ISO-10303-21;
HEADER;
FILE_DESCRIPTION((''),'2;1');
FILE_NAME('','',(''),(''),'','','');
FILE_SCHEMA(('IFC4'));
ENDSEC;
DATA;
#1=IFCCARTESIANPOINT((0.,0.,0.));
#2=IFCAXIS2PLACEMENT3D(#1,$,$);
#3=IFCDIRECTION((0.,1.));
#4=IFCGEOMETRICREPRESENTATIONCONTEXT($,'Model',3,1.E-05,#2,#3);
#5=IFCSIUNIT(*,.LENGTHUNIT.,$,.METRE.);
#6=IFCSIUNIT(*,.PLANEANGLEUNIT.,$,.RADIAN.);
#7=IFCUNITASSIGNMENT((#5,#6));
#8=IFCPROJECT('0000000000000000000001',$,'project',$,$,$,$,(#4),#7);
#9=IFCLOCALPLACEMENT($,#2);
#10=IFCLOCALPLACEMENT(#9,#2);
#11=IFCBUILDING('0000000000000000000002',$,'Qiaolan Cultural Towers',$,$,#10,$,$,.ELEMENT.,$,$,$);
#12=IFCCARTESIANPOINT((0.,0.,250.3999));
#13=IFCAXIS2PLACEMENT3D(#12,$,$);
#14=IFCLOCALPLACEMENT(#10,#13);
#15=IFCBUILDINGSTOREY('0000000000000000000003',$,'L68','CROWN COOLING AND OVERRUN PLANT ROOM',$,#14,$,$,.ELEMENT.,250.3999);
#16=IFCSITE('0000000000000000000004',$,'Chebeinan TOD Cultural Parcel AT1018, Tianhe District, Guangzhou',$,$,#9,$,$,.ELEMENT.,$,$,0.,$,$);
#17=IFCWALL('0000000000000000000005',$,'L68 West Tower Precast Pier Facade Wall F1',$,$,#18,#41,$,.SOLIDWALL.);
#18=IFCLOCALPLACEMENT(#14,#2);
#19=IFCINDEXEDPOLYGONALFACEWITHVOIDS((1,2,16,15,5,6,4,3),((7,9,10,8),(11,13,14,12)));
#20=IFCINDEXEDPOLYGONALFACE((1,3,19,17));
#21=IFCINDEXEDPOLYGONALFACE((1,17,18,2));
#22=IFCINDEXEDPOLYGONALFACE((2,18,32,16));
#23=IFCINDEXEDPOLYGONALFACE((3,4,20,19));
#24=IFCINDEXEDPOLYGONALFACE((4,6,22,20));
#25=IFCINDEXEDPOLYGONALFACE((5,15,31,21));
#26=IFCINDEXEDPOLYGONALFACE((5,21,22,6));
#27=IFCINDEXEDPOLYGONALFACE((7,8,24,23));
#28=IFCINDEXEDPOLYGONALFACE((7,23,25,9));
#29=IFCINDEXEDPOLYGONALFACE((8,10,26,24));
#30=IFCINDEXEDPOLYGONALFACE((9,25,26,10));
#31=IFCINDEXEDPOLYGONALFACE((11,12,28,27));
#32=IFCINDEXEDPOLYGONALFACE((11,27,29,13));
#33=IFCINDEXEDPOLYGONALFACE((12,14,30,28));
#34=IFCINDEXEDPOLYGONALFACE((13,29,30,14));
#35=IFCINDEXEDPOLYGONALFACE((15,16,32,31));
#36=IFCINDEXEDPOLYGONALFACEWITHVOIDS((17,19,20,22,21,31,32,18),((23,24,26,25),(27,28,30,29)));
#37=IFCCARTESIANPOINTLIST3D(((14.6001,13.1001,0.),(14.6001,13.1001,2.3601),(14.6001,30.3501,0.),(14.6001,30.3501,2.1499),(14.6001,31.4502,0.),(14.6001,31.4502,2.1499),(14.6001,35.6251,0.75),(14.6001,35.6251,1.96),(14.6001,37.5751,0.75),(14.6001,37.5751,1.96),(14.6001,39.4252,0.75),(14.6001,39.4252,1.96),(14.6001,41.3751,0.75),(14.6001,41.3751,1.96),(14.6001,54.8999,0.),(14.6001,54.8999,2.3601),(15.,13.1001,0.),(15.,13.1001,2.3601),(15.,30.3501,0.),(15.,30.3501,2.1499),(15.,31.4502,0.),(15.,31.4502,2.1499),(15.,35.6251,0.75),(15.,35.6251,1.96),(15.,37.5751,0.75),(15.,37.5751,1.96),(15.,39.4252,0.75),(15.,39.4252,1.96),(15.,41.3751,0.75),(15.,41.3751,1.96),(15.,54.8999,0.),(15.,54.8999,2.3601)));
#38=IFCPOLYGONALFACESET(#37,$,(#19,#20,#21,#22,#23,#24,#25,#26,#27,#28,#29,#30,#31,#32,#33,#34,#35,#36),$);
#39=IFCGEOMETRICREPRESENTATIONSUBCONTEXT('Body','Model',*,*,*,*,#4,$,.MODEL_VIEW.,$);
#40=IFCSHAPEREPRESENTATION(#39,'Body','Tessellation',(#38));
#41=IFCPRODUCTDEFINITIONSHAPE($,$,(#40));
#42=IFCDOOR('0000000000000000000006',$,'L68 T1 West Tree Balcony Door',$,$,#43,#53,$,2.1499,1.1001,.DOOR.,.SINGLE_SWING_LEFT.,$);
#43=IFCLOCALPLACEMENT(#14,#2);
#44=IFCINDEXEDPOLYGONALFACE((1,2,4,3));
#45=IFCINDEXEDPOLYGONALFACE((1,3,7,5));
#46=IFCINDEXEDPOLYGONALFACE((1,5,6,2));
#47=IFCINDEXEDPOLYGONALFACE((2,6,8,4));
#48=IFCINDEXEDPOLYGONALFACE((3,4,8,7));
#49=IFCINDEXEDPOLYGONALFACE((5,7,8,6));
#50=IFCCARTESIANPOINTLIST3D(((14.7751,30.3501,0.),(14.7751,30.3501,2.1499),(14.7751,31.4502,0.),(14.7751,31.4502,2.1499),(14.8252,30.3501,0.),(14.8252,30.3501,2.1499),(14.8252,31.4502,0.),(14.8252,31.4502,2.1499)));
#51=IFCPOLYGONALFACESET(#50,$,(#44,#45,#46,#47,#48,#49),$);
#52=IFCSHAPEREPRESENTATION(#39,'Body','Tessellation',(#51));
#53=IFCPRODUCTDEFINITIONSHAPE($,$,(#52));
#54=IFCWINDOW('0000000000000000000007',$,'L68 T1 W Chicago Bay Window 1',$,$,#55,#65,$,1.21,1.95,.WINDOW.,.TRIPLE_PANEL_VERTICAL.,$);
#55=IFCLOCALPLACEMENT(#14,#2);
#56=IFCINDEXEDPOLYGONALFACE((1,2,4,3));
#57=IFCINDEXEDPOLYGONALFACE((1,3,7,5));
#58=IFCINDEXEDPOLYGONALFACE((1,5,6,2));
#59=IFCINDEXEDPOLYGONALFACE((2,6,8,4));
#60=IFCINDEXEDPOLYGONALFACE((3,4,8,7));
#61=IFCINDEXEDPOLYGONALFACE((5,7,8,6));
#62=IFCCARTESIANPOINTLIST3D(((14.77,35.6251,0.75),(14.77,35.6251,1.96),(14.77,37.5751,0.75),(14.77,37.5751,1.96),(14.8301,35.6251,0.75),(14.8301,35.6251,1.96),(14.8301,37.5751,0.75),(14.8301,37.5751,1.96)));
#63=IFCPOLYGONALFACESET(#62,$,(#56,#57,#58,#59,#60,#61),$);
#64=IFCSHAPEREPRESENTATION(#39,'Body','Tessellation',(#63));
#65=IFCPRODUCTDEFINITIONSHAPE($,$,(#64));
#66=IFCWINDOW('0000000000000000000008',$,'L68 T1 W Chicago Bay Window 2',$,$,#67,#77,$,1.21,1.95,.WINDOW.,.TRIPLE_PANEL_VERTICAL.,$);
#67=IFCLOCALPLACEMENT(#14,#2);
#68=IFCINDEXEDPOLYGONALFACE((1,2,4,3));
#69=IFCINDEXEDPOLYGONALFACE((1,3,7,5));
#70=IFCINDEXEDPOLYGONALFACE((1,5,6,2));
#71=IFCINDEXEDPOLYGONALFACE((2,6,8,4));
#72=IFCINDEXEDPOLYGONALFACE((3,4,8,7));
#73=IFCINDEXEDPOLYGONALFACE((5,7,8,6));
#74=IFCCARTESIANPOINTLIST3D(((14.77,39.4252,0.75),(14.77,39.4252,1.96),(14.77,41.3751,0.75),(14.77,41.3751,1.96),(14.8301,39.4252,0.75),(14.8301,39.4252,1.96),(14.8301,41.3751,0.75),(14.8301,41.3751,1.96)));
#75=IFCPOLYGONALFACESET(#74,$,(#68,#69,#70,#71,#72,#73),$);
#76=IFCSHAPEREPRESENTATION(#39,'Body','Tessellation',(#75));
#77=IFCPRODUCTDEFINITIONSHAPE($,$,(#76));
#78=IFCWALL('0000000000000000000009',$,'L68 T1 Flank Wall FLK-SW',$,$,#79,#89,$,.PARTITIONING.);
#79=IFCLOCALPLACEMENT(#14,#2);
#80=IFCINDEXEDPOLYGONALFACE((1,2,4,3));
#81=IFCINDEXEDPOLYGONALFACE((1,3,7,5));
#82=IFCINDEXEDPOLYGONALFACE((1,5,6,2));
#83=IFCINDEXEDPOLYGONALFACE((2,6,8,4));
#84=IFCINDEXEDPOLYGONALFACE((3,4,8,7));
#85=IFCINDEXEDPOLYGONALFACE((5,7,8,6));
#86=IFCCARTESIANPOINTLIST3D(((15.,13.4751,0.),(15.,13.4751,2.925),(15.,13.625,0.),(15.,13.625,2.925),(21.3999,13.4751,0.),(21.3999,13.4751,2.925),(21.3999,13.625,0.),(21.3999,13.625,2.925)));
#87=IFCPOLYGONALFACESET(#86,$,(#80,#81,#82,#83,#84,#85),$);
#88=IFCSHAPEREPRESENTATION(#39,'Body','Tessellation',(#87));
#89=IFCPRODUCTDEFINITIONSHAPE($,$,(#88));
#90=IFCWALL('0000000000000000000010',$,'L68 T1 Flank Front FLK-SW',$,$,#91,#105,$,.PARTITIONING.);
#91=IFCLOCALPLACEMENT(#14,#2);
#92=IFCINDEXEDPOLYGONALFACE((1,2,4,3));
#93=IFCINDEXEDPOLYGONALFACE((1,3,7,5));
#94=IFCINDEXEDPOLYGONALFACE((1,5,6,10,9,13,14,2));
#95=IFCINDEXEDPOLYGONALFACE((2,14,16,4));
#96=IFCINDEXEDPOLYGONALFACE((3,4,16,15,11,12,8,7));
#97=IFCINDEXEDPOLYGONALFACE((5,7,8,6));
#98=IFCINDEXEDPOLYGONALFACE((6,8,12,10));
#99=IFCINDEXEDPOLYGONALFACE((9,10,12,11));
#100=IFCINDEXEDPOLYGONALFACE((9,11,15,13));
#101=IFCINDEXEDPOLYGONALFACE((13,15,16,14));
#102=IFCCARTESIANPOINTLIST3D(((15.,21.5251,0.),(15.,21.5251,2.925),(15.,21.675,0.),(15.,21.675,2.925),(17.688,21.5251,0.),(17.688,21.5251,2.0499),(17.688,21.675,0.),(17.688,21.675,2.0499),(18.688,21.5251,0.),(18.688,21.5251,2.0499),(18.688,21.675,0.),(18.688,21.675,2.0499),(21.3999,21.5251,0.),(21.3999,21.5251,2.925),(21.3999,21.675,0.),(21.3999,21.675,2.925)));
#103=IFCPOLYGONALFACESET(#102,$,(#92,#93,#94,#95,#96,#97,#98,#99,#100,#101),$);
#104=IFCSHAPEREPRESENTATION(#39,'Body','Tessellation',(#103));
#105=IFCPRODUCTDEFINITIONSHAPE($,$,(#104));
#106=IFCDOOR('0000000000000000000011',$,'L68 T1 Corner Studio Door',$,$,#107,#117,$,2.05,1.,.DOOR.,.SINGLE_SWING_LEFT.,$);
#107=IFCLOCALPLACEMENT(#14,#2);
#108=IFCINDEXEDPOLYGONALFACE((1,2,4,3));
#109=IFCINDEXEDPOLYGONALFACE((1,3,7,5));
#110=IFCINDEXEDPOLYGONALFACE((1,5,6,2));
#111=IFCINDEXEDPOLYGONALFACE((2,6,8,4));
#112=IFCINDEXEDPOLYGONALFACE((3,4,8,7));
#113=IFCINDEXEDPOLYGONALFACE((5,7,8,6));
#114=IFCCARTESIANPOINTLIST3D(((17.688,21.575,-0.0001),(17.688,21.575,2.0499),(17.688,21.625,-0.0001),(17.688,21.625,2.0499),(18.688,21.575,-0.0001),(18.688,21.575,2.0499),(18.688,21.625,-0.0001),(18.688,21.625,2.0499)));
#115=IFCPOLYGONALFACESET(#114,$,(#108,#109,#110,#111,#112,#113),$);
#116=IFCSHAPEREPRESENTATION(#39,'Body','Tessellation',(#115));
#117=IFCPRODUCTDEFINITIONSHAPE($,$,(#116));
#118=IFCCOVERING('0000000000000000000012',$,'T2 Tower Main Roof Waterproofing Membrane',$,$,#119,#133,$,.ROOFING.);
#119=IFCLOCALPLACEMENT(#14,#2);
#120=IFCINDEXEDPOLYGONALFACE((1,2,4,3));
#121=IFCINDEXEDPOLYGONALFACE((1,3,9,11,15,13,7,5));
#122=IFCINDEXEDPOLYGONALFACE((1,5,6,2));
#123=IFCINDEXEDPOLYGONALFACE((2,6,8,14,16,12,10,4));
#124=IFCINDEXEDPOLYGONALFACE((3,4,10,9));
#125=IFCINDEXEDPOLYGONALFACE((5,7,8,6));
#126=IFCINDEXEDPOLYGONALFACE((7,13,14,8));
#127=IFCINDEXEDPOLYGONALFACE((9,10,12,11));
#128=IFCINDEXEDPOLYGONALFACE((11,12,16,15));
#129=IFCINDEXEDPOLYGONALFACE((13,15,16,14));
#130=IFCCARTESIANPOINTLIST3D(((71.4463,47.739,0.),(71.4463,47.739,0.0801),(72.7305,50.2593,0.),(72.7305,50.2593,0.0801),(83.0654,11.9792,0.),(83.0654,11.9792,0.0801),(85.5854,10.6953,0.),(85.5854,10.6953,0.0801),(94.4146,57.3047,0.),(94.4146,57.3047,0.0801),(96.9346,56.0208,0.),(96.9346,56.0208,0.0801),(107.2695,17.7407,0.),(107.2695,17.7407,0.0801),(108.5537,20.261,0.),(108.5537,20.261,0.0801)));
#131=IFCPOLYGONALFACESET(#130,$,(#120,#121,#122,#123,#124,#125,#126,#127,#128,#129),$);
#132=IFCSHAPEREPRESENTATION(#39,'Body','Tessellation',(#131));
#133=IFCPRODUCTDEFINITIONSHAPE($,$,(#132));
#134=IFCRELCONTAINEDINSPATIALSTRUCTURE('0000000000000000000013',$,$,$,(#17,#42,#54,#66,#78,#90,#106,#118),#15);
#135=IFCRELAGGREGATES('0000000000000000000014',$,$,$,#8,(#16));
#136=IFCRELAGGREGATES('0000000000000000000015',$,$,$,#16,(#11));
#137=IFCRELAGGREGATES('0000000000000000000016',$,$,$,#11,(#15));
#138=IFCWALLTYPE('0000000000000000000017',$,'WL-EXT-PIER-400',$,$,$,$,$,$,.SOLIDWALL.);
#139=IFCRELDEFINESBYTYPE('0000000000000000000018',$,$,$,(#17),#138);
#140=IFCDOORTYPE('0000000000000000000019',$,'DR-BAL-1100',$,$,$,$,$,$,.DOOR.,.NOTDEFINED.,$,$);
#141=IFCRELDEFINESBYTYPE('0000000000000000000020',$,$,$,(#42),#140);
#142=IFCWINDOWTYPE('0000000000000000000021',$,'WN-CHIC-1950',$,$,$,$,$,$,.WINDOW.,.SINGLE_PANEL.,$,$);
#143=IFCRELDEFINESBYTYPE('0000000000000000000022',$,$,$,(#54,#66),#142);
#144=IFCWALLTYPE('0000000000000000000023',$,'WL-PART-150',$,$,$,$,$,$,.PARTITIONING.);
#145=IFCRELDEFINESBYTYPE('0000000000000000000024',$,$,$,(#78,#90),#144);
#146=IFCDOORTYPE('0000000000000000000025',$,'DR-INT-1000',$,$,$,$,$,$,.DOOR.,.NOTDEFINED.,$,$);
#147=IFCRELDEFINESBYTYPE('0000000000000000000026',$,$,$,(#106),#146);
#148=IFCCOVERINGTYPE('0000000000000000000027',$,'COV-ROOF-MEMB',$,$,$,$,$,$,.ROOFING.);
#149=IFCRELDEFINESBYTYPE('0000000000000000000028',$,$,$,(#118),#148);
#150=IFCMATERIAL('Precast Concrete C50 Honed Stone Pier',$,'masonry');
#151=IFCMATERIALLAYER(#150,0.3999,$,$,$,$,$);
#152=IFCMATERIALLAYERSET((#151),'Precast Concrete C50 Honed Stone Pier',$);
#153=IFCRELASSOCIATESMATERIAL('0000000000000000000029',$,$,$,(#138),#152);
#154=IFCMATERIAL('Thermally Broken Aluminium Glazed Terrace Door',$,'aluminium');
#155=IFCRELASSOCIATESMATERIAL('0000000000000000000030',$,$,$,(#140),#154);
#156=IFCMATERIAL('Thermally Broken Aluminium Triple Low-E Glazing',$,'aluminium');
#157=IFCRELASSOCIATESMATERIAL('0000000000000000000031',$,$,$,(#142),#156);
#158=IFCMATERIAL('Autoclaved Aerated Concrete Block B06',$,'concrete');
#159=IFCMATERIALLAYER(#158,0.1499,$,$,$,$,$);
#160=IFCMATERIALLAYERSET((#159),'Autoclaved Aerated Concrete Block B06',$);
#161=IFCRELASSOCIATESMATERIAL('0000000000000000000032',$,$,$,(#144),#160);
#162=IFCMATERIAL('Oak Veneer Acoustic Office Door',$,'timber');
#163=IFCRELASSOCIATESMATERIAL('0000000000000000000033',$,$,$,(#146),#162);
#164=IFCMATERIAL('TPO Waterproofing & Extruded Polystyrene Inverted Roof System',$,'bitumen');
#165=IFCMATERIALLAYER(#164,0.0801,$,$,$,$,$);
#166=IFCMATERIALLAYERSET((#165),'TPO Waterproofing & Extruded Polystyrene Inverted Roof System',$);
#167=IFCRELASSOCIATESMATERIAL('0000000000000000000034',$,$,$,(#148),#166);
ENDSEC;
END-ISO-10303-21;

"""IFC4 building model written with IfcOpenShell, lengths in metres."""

from ifc_helpers import new_model, si_unit, direction, frame, frame_2d, origin, place, context, subcontext, project, spatial, polyline, rectangle, outline, extrude, material, layer, layer_set, type_object, element, fill, save


model = new_model("IFC4")

# Units and contexts
model_context = context("Model", 3, precision=1e-05, world=origin(), true_north=direction((0.0, 1.0)))
body_context = subcontext(model_context, "Body", "Model", "MODEL_VIEW")
ifc_project = project(units=[si_unit("LENGTHUNIT", "METRE"), si_unit("PLANEANGLEUNIT", "RADIAN")], contexts=[model_context])

# Site, building, storey
site_placement = place(None, origin())
site = spatial("IfcSite", under=ifc_project, at=site_placement, Name="Chebeinan TOD Cultural Parcel AT1018, Tianhe District, Guangzhou", CompositionType="ELEMENT", RefElevation=0.0)
building_placement = place(site_placement, origin())
building = spatial("IfcBuilding", under=site, at=building_placement, Name="Qiaolan Cultural Towers", CompositionType="ELEMENT")
storey_placement = place(building_placement, frame((0.0, 0.0, 250.3999)))
storey = spatial("IfcBuildingStorey", under=building, at=storey_placement, Name="L68", Description="CROWN COOLING AND OVERRUN PLANT ROOM", CompositionType="ELEMENT", Elevation=250.3999)

# Wall, openings, door, windows
ifc_material_1 = material(Name="Precast Concrete C50 Honed Stone Pier", Category="masonry")
ifc_layer_1 = layer(ifc_material_1, 0.3999)
ifc_layer_set_1 = layer_set([ifc_layer_1], Name="Precast Concrete C50 Honed Stone Pier")
wall_type_1 = type_object("IfcWallType", Name="WL-EXT-PIER-400", PredefinedType="SOLIDWALL", material=ifc_layer_set_1)
wall_1_placement = place(storey_placement, frame((14.8, 13.1001, 0.0), z_axis=(0.0, 0.0, 1.0), x_axis=(0.0, 1.0, 0.0)))
wall_1 = element("IfcWall", 1, at=wall_1_placement, inside=storey, type_object=wall_type_1, Name="L68 West Tower Precast Pier Facade Wall F1", PredefinedType="SOLIDWALL", context=body_context, shape_type="SweptSolid", body=[
    extrude(rectangle(XDim=41.7998, YDim=0.3999, at=frame_2d((20.8999, 0.0))), origin(), (0.0, 0.0, 1.0), 2.3601),
])
opening_1_placement = place(wall_1_placement, frame((22.5249, 0.0, 0.75)))
opening_1 = element("IfcOpeningElement", 2, at=opening_1_placement, cuts=wall_1, PredefinedType="OPENING", context=body_context, shape_type="SweptSolid", body=[
    extrude(rectangle(XDim=1.95, YDim=1.21, at=frame_2d((0.9751, 0.605))), frame((0.0, 0.21, 0.0), z_axis=(0.0, -1.0, 0.0), x_axis=(1.0, 0.0, 0.0)), (0.0, 0.0, 1.0), 0.4199),
])
opening_2_placement = place(wall_1_placement, frame((26.325, 0.0, 0.75)))
opening_2 = element("IfcOpeningElement", 3, at=opening_2_placement, cuts=wall_1, PredefinedType="OPENING", context=body_context, shape_type="SweptSolid", body=[
    extrude(rectangle(XDim=1.95, YDim=1.21, at=frame_2d((0.9751, 0.605))), frame((0.0, 0.21, 0.0), z_axis=(0.0, -1.0, 0.0), x_axis=(1.0, 0.0, 0.0)), (0.0, 0.0, 1.0), 0.4199),
])
opening_3_placement = place(wall_1_placement, frame((17.25, 0.0, 0.0)))
opening_3 = element("IfcOpeningElement", 4, at=opening_3_placement, cuts=wall_1, PredefinedType="OPENING", context=body_context, shape_type="SweptSolid", body=[
    extrude(rectangle(XDim=1.1001, YDim=2.1499, at=frame_2d((0.55, 1.075))), frame((0.0, 0.21, 0.0), z_axis=(0.0, -1.0, 0.0), x_axis=(1.0, 0.0, 0.0)), (0.0, 0.0, 1.0), 0.4199),
])
ifc_material_2 = material(Name="Thermally Broken Aluminium Glazed Terrace Door", Category="aluminium")
door_type_1 = type_object("IfcDoorType", Name="DR-BAL-1100", OperationType="NOTDEFINED", PredefinedType="DOOR", material=ifc_material_2)
door_1_placement = place(opening_3_placement, origin())
door_1 = element("IfcDoor", 5, at=door_1_placement, inside=storey, type_object=door_type_1, Name="L68 T1 West Tree Balcony Door", OperationType="SINGLE_SWING_LEFT", OverallHeight=2.1499, OverallWidth=1.1001, PredefinedType="DOOR", context=body_context, shape_type="SweptSolid", body=[
    extrude(rectangle(XDim=1.1001, YDim=2.1499, at=frame_2d((0.55, 1.075))), frame((0.0, 0.0249, 0.0), z_axis=(0.0, -1.0, 0.0), x_axis=(1.0, 0.0, 0.0)), (0.0, 0.0, 1.0), 0.05),
])
fill(opening_3, door_1)
ifc_material_3 = material(Name="Thermally Broken Aluminium Triple Low-E Glazing", Category="aluminium")
window_type = type_object("IfcWindowType", Name="WN-CHIC-1950", PartitioningType="SINGLE_PANEL", PredefinedType="WINDOW", material=ifc_material_3)
window_1_placement = place(opening_1_placement, origin())
window_1 = element("IfcWindow", 6, at=window_1_placement, inside=storey, type_object=window_type, Name="L68 T1 W Chicago Bay Window 1", OverallHeight=1.21, OverallWidth=1.95, PartitioningType="TRIPLE_PANEL_VERTICAL", PredefinedType="WINDOW", context=body_context, shape_type="SweptSolid", body=[
    extrude(rectangle(XDim=1.95, YDim=1.21, at=frame_2d((0.9751, 0.605))), frame((0.0, 0.03, 0.0), z_axis=(0.0, -1.0, 0.0), x_axis=(1.0, 0.0, 0.0)), (0.0, 0.0, 1.0), 0.0601),
])
fill(opening_1, window_1)
window_2_placement = place(opening_2_placement, origin())
window_2 = element("IfcWindow", 7, at=window_2_placement, inside=storey, type_object=window_type, Name="L68 T1 W Chicago Bay Window 2", OverallHeight=1.21, OverallWidth=1.95, PartitioningType="TRIPLE_PANEL_VERTICAL", PredefinedType="WINDOW", context=body_context, shape_type="SweptSolid", body=[
    extrude(rectangle(XDim=1.95, YDim=1.21, at=frame_2d((0.9751, 0.605))), frame((0.0, 0.03, 0.0), z_axis=(0.0, -1.0, 0.0), x_axis=(1.0, 0.0, 0.0)), (0.0, 0.0, 1.0), 0.0601),
])
fill(opening_2, window_2)

# Wall
ifc_material_4 = material(Name="Autoclaved Aerated Concrete Block B06", Category="concrete")
ifc_layer_2 = layer(ifc_material_4, 0.1499)
ifc_layer_set_2 = layer_set([ifc_layer_2], Name="Autoclaved Aerated Concrete Block B06")
wall_type_2 = type_object("IfcWallType", Name="WL-PART-150", PredefinedType="PARTITIONING", material=ifc_layer_set_2)
wall_2_placement = place(storey_placement, frame((15.0, 13.55, 0.0), z_axis=(0.0, 0.0, 1.0), x_axis=(1.0, 0.0, 0.0)))
element("IfcWall", 8, at=wall_2_placement, inside=storey, type_object=wall_type_2, Name="L68 T1 Flank Wall FLK-SW", PredefinedType="PARTITIONING", context=body_context, shape_type="SweptSolid", body=[
    extrude(rectangle(XDim=6.3999, YDim=0.1499, at=frame_2d((3.2, 0.0))), origin(), (0.0, 0.0, 1.0), 2.925),
])

# Wall, opening, door
wall_3_placement = place(storey_placement, frame((15.0, 21.6001, 0.0), z_axis=(0.0, 0.0, 1.0), x_axis=(1.0, 0.0, 0.0)))
wall_3 = element("IfcWall", 9, at=wall_3_placement, inside=storey, type_object=wall_type_2, Name="L68 T1 Flank Front FLK-SW", PredefinedType="PARTITIONING", context=body_context, shape_type="SweptSolid", body=[
    extrude(rectangle(XDim=6.3999, YDim=0.1499, at=frame_2d((3.2, 0.0))), origin(), (0.0, 0.0, 1.0), 2.925),
])
opening_4_placement = place(wall_3_placement, frame((2.688, 0.0, 0.0)))
opening_4 = element("IfcOpeningElement", 10, at=opening_4_placement, cuts=wall_3, PredefinedType="OPENING", context=body_context, shape_type="SweptSolid", body=[
    extrude(rectangle(XDim=1.0, YDim=2.05, at=frame_2d((0.5, 1.0249))), frame((0.0, 0.085, 0.0), z_axis=(0.0, -1.0, 0.0), x_axis=(1.0, 0.0, 0.0)), (0.0, 0.0, 1.0), 0.1699),
])
ifc_material_5 = material(Name="Oak Veneer Acoustic Office Door", Category="timber")
door_type_2 = type_object("IfcDoorType", Name="DR-INT-1000", OperationType="NOTDEFINED", PredefinedType="DOOR", material=ifc_material_5)
door_2_placement = place(opening_4_placement, origin())
door_2 = element("IfcDoor", 11, at=door_2_placement, inside=storey, type_object=door_type_2, Name="L68 T1 Corner Studio Door", OperationType="SINGLE_SWING_LEFT", OverallHeight=2.05, OverallWidth=1.0, PredefinedType="DOOR", context=body_context, shape_type="SweptSolid", body=[
    extrude(rectangle(XDim=1.0, YDim=2.05, at=frame_2d((0.5, 1.0249))), frame((0.0, 0.0249, 0.0), z_axis=(0.0, -1.0, 0.0), x_axis=(1.0, 0.0, 0.0)), (0.0, 0.0, 1.0), 0.05),
])
fill(opening_4, door_2)

# Covering
ifc_material_6 = material(Name="TPO Waterproofing & Extruded Polystyrene Inverted Roof System", Category="bitumen")
ifc_layer_3 = layer(ifc_material_6, 0.0801)
ifc_layer_set_3 = layer_set([ifc_layer_3], Name="TPO Waterproofing & Extruded Polystyrene Inverted Roof System")
covering_type = type_object("IfcCoveringType", Name="COV-ROOF-MEMB", PredefinedType="ROOFING", material=ifc_layer_set_3)
covering_placement = place(storey_placement, origin())
element("IfcCovering", 12, at=covering_placement, inside=storey, type_object=covering_type, Name="T2 Tower Main Roof Waterproofing Membrane", PredefinedType="ROOFING", context=body_context, shape_type="SweptSolid", body=[
    extrude(outline(polyline([(85.5854, 10.6953), (107.2695, 17.7407), (108.5537, 20.261), (96.9346, 56.0208), (94.4146, 57.3047), (72.7305, 50.2593), (71.4463, 47.739), (83.0654, 11.9792), (85.5854, 10.6953)])), origin(), (0.0, 0.0, 1.0), 0.0801),
])

save(model, "model.ifc")
